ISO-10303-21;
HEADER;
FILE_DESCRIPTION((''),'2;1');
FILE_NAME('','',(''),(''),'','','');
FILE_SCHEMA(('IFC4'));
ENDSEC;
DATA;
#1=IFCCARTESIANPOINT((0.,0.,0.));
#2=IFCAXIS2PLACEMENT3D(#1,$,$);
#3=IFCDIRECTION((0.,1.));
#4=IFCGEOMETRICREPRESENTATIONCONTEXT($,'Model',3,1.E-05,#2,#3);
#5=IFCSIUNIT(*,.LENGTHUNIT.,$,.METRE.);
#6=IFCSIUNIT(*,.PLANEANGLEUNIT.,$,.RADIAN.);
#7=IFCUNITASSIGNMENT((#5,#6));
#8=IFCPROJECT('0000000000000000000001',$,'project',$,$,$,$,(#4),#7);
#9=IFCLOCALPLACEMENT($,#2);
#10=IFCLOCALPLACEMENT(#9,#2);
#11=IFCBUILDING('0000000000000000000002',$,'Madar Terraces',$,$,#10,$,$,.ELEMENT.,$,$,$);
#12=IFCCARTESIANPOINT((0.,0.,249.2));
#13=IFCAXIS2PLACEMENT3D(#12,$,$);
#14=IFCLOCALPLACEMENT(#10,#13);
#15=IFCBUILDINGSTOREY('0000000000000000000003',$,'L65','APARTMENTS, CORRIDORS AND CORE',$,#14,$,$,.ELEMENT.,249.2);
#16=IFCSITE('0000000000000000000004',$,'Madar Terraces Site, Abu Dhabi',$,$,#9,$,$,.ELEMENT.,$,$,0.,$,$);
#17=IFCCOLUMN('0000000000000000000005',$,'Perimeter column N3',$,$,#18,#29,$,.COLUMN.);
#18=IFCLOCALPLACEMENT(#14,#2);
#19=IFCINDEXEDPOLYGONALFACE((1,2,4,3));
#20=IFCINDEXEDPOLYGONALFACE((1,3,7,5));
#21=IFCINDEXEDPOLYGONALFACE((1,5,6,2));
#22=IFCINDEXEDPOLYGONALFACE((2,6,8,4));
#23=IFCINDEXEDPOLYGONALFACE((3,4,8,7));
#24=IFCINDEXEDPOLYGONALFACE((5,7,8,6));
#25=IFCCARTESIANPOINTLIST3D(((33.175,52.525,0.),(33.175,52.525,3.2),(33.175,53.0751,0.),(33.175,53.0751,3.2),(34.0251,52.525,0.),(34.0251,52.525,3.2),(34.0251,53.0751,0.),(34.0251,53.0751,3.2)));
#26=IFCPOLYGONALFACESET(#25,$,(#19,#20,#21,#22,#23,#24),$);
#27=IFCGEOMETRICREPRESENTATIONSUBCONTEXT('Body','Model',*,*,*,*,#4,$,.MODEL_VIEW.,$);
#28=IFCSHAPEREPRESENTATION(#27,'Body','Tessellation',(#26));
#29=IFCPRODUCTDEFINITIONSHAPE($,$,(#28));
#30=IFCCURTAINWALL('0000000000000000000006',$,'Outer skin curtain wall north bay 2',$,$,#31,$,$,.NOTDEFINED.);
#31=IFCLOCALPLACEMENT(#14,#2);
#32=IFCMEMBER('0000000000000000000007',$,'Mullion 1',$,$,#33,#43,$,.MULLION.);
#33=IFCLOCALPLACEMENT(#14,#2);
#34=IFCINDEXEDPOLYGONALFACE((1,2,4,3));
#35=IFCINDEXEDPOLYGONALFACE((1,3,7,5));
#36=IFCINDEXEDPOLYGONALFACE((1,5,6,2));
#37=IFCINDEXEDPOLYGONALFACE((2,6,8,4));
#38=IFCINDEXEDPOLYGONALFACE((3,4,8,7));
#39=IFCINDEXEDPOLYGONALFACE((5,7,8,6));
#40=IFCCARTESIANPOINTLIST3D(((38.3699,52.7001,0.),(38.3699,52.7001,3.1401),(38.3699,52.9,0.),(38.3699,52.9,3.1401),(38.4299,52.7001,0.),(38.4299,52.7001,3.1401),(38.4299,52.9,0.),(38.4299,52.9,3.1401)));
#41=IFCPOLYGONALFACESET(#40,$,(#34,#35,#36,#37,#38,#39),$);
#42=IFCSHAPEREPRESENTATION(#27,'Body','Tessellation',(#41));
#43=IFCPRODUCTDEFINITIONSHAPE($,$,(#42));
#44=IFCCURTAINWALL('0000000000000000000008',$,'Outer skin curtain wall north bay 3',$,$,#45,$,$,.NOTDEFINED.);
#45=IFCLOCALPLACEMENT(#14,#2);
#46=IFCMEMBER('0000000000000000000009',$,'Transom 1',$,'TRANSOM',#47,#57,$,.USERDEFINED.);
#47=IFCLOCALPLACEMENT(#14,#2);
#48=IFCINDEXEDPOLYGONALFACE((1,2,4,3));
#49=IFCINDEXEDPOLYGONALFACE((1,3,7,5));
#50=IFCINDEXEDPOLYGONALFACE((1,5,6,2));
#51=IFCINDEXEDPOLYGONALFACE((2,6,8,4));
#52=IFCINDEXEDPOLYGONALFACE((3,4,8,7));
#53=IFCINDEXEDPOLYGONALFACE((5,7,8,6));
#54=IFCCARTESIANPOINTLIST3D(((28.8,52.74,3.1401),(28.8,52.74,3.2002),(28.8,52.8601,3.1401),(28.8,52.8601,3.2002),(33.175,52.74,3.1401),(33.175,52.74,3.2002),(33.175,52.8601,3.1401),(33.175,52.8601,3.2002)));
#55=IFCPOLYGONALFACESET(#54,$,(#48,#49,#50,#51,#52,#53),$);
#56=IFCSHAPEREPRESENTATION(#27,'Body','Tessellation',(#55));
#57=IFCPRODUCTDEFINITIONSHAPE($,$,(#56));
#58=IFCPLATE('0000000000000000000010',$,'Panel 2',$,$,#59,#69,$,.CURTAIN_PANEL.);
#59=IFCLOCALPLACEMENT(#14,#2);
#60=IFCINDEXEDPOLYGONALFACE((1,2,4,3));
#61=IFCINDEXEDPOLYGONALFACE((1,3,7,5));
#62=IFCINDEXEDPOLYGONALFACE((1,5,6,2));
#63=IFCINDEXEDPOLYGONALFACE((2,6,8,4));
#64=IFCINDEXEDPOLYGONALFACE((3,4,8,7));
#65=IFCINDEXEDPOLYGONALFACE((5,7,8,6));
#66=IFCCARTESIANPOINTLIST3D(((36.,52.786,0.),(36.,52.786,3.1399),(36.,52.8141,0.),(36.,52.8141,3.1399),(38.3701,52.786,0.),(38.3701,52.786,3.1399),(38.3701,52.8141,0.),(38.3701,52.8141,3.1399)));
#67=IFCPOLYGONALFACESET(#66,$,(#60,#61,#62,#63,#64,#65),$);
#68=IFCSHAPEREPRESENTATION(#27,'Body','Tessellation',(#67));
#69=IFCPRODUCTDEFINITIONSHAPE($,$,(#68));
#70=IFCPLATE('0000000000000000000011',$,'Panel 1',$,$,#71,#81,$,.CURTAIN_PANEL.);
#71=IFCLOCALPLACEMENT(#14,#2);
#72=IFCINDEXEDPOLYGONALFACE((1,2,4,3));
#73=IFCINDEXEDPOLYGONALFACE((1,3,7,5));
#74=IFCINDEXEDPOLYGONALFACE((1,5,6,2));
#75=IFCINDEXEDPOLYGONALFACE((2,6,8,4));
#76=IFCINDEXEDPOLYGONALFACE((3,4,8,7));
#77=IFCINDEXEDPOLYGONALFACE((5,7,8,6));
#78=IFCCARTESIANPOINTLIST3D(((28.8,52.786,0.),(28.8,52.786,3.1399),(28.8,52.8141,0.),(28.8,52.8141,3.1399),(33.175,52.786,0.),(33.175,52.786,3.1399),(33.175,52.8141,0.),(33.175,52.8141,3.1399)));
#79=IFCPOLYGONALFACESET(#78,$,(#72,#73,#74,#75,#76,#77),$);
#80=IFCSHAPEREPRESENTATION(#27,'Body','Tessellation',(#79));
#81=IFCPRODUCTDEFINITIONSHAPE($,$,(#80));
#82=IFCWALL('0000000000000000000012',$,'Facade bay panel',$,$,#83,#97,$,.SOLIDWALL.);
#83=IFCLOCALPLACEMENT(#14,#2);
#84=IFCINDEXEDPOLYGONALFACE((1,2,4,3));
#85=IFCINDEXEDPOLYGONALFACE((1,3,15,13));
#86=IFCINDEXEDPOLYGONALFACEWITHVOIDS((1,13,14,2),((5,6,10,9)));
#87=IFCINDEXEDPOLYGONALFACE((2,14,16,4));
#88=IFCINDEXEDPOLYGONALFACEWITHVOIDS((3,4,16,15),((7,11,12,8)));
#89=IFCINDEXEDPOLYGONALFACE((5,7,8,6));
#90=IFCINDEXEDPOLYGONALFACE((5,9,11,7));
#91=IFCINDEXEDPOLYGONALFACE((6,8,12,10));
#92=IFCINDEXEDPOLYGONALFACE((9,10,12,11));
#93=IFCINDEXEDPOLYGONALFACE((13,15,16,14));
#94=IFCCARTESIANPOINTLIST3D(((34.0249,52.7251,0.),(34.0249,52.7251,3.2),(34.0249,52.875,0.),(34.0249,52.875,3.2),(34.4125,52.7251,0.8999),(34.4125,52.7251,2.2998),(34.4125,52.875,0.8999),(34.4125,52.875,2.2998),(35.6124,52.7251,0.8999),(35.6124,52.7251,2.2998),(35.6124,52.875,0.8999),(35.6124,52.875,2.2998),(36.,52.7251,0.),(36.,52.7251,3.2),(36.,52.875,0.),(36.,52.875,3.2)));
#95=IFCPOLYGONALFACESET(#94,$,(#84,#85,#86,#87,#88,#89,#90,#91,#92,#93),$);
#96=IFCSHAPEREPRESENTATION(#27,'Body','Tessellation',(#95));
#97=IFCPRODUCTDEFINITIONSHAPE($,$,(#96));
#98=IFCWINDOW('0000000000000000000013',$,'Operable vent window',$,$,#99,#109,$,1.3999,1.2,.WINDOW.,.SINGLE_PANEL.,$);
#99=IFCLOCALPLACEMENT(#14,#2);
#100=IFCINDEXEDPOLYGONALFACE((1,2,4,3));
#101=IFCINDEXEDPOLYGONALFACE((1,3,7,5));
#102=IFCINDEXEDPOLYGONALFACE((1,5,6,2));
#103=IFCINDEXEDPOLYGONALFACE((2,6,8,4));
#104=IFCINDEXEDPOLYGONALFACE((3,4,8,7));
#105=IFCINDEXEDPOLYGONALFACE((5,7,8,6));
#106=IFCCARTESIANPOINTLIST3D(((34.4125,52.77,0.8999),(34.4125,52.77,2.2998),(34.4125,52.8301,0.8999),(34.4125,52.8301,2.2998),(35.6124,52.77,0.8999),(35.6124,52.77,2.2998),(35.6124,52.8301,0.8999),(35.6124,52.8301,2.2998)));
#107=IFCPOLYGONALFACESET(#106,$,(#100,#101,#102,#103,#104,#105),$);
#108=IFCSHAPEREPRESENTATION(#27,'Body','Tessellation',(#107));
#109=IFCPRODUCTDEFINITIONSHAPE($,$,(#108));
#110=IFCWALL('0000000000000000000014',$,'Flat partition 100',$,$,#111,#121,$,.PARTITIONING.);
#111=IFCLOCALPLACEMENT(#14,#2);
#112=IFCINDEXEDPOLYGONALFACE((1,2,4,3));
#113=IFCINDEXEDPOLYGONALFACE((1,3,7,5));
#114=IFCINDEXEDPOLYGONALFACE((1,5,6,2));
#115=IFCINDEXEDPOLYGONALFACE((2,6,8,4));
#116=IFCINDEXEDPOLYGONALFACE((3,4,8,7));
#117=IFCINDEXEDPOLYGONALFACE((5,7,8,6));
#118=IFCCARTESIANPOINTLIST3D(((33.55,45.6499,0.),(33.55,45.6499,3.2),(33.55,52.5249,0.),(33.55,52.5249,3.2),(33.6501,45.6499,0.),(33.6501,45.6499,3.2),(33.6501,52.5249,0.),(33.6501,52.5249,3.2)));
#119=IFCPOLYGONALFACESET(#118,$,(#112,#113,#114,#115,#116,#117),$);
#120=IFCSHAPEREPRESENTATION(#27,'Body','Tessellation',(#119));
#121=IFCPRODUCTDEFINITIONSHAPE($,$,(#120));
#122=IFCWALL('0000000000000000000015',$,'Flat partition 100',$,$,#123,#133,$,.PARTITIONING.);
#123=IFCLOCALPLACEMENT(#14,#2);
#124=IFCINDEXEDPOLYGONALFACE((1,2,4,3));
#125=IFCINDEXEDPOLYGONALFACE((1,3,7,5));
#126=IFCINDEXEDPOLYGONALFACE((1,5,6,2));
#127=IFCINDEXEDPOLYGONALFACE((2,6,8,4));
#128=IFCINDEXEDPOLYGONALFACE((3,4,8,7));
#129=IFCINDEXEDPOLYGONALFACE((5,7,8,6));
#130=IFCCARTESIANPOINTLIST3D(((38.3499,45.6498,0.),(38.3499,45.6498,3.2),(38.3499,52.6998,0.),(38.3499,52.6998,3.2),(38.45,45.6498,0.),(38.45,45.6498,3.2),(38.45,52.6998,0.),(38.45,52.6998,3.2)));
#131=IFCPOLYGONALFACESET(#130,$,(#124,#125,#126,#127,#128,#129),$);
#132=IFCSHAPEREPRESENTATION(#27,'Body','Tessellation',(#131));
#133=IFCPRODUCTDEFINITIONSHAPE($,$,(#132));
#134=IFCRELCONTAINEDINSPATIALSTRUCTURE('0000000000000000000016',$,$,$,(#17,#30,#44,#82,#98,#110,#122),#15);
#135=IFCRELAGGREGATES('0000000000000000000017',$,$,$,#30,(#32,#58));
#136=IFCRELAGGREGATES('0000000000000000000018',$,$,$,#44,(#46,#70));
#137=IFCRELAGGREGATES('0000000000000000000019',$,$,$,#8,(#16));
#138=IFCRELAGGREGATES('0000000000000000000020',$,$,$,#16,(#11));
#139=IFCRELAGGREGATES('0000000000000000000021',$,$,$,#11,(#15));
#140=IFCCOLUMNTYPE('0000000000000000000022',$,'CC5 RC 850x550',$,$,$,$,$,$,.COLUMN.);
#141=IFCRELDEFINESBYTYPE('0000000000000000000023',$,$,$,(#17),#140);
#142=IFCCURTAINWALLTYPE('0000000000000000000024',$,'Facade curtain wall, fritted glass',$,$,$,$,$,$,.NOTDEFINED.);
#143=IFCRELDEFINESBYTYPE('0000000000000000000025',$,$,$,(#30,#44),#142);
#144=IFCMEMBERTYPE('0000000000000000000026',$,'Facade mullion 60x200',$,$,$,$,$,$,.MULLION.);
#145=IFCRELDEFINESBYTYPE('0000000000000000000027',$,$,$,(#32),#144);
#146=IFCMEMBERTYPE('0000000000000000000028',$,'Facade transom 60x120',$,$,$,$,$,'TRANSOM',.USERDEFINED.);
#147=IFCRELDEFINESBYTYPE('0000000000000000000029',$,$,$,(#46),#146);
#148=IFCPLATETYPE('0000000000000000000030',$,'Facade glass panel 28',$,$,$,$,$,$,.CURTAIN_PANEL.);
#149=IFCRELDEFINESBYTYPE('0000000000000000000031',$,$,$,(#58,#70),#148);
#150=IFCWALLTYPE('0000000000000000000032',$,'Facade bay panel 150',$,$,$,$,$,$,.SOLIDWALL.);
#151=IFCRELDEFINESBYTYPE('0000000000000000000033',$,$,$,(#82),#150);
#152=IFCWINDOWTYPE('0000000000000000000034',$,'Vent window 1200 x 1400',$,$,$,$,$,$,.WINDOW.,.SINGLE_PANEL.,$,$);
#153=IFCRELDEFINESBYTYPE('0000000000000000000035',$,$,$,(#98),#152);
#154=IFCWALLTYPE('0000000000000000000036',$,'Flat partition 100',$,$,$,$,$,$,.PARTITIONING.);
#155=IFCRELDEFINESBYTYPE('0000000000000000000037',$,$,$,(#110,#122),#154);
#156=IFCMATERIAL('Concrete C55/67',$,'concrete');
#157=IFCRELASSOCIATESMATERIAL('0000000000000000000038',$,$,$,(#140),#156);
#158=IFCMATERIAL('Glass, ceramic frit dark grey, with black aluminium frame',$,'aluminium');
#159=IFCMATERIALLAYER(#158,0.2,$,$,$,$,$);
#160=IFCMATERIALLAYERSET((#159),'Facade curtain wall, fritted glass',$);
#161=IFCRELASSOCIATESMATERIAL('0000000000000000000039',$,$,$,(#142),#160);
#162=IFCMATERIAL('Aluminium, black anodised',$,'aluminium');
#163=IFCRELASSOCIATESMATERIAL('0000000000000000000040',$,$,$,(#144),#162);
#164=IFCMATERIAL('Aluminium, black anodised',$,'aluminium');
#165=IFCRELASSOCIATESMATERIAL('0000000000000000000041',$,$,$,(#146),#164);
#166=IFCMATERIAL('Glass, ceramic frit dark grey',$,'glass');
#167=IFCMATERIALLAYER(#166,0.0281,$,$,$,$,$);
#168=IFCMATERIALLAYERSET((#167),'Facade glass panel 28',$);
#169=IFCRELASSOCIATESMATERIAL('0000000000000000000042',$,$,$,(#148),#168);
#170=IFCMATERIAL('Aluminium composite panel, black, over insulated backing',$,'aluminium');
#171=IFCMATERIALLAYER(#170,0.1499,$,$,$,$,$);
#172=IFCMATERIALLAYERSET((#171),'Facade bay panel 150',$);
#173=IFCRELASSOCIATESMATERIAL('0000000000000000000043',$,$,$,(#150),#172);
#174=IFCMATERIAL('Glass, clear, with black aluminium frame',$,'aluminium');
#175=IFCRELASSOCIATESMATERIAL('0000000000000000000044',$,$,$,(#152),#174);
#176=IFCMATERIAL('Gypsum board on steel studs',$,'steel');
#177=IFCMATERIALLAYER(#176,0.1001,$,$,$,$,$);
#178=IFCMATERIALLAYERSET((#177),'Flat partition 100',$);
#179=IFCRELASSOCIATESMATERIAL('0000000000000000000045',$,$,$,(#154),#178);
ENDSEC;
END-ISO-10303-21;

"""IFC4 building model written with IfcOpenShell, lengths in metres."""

from ifc_helpers import new_model, si_unit, direction, frame, frame_2d, origin, origin_2d, place, context, subcontext, project, spatial, rectangle, extrude, material, layer, layer_set, material_profile, profile_set, type_object, element, fill, aggregate, save


model = new_model("IFC4")

# Units and contexts
model_context = context("Model", 3, precision=1e-05, world=origin(), true_north=direction((0.0, 1.0)))
body_context = subcontext(model_context, "Body", "Model", "MODEL_VIEW")
ifc_project = project(units=[si_unit("LENGTHUNIT", "METRE"), si_unit("PLANEANGLEUNIT", "RADIAN")], contexts=[model_context])

# Site, building, storey
site_placement = place(None, origin())
site = spatial("IfcSite", under=ifc_project, at=site_placement, Name="Madar Terraces Site, Abu Dhabi", CompositionType="ELEMENT", RefElevation=0.0)
building_placement = place(site_placement, origin())
building = spatial("IfcBuilding", under=site, at=building_placement, Name="Madar Terraces", CompositionType="ELEMENT")
storey_placement = place(building_placement, frame((0.0, 0.0, 249.2)))
storey = spatial("IfcBuildingStorey", under=building, at=storey_placement, Name="L65", Description="APARTMENTS, CORRIDORS AND CORE", CompositionType="ELEMENT", Elevation=249.2)

# Column
ifc_material_1 = material(Name="Concrete C55/67", Category="concrete")
ifc_material_profile_1 = material_profile(ifc_material_1, rectangle(XDim=0.8501, YDim=0.55, at=origin_2d()), Name="CC5 RC 850x550")
ifc_profile_set_1 = profile_set([ifc_material_profile_1], Name="Concrete C55/67")
column_type = type_object("IfcColumnType", Name="CC5 RC 850x550", PredefinedType="COLUMN", material=ifc_profile_set_1)
column_placement = place(storey_placement, frame((33.6001, 52.8, 0.0), z_axis=(0.0, 0.0, 1.0), x_axis=(1.0, 0.0, 0.0)))
element("IfcColumn", 1, at=column_placement, inside=storey, type_object=column_type, Name="Perimeter column N3", PredefinedType="COLUMN", context=body_context, shape_type="SweptSolid", body=[
    extrude(rectangle(XDim=0.8501, YDim=0.55, at=origin_2d()), origin(), (0.0, 0.0, 1.0), 3.2),
])

# Curtain walls, members
ifc_material_2 = material(Name="Glass, ceramic frit dark grey, with black aluminium frame", Category="aluminium")
ifc_layer_1 = layer(ifc_material_2, 0.2)
ifc_layer_set_1 = layer_set([ifc_layer_1], Name="Facade curtain wall, fritted glass")
curtain_wall_type = type_object("IfcCurtainWallType", Name="Facade curtain wall, fritted glass", PredefinedType="NOTDEFINED", material=ifc_layer_set_1)
curtain_wall_1_placement = place(storey_placement, origin())
curtain_wall_1 = element("IfcCurtainWall", 2, at=curtain_wall_1_placement, inside=storey, type_object=curtain_wall_type, Name="Outer skin curtain wall north bay 2", PredefinedType="NOTDEFINED")
ifc_material_3 = material(Name="Aluminium, black anodised", Category="aluminium")
ifc_material_profile_2 = material_profile(ifc_material_3, rectangle(XDim=0.2, YDim=0.0601, at=origin_2d()), Name="Facade mullion 60x200")
ifc_profile_set_2 = profile_set([ifc_material_profile_2], Name="Aluminium, black anodised")
member_type_1 = type_object("IfcMemberType", Name="Facade mullion 60x200", PredefinedType="MULLION", material=ifc_profile_set_2)
member_1_placement = place(storey_placement, frame((38.3999, 52.8, 0.0), z_axis=(0.0, 0.0, 1.0), x_axis=(0.0, -1.0, 0.0)))
member_1 = element("IfcMember", 3, at=member_1_placement, type_object=member_type_1, Name="Mullion 1", PredefinedType="MULLION", context=body_context, shape_type="SweptSolid", body=[
    extrude(rectangle(XDim=0.2, YDim=0.0601, at=origin_2d()), origin(), (0.0, 0.0, 1.0), 3.1401),
])
curtain_wall_2_placement = place(storey_placement, origin())
curtain_wall_2 = element("IfcCurtainWall", 4, at=curtain_wall_2_placement, inside=storey, type_object=curtain_wall_type, Name="Outer skin curtain wall north bay 3", PredefinedType="NOTDEFINED")
ifc_material_4 = material(Name="Aluminium, black anodised", Category="aluminium")
ifc_material_profile_3 = material_profile(ifc_material_4, rectangle(XDim=0.1201, YDim=0.0601, at=origin_2d()), Name="Facade transom 60x120")
ifc_profile_set_3 = profile_set([ifc_material_profile_3], Name="Aluminium, black anodised")
member_type_2 = type_object("IfcMemberType", Name="Facade transom 60x120", ElementType="TRANSOM", PredefinedType="USERDEFINED", material=ifc_profile_set_3)
member_2_placement = place(storey_placement, frame((33.175, 52.8, 3.1702), z_axis=(-1.0, 0.0, 0.0), x_axis=(0.0, -1.0, 0.0)))
member_2 = element("IfcMember", 5, at=member_2_placement, type_object=member_type_2, Name="Transom 1", ObjectType="TRANSOM", PredefinedType="USERDEFINED", context=body_context, shape_type="SweptSolid", body=[
    extrude(rectangle(XDim=0.1201, YDim=0.0601, at=origin_2d()), origin(), (0.0, 0.0, 1.0), 4.375),
])

# Plates
ifc_material_5 = material(Name="Glass, ceramic frit dark grey", Category="glass")
ifc_layer_2 = layer(ifc_material_5, 0.0281)
ifc_layer_set_2 = layer_set([ifc_layer_2], Name="Facade glass panel 28")
plate_type = type_object("IfcPlateType", Name="Facade glass panel 28", PredefinedType="CURTAIN_PANEL", material=ifc_layer_set_2)
plate_1_placement = place(storey_placement, frame((37.1851, 52.8, 0.0), z_axis=(0.0, 0.0, 1.0), x_axis=(-1.0, 0.0, 0.0)))
plate_1 = element("IfcPlate", 6, at=plate_1_placement, type_object=plate_type, Name="Panel 2", PredefinedType="CURTAIN_PANEL", context=body_context, shape_type="SweptSolid", body=[
    extrude(rectangle(XDim=2.3701, YDim=0.0281, at=origin_2d()), origin(), (0.0, 0.0, 1.0), 3.1399),
])
aggregate(curtain_wall_1, [member_1, plate_1])
plate_2_placement = place(storey_placement, frame((30.9875, 52.8, 0.0), z_axis=(0.0, 0.0, 1.0), x_axis=(-1.0, 0.0, 0.0)))
plate_2 = element("IfcPlate", 7, at=plate_2_placement, type_object=plate_type, Name="Panel 1", PredefinedType="CURTAIN_PANEL", context=body_context, shape_type="SweptSolid", body=[
    extrude(rectangle(XDim=4.375, YDim=0.0281, at=origin_2d()), origin(), (0.0, 0.0, 1.0), 3.1399),
])
aggregate(curtain_wall_2, [member_2, plate_2])

# Wall, opening, window
ifc_material_6 = material(Name="Aluminium composite panel, black, over insulated backing", Category="aluminium")
ifc_layer_3 = layer(ifc_material_6, 0.1499)
ifc_layer_set_3 = layer_set([ifc_layer_3], Name="Facade bay panel 150")
wall_type_1 = type_object("IfcWallType", Name="Facade bay panel 150", PredefinedType="SOLIDWALL", material=ifc_layer_set_3)
wall_1_placement = place(storey_placement, frame((36.0, 52.8, 0.0), z_axis=(0.0, 0.0, 1.0), x_axis=(-1.0, 0.0, 0.0)))
wall_1 = element("IfcWall", 8, at=wall_1_placement, inside=storey, type_object=wall_type_1, Name="Facade bay panel", PredefinedType="SOLIDWALL", context=body_context, shape_type="SweptSolid", body=[
    extrude(rectangle(XDim=1.9751, YDim=0.1499, at=frame_2d((0.9875, 0.0))), origin(), (0.0, 0.0, 1.0), 3.2),
])
opening_1_placement = place(wall_1_placement, frame((0.3875, 0.0, 0.8999)))
opening_1 = element("IfcOpeningElement", 9, at=opening_1_placement, cuts=wall_1, PredefinedType="OPENING", context=body_context, shape_type="SweptSolid", body=[
    extrude(rectangle(XDim=1.2, YDim=1.3999, at=frame_2d((0.6001, 0.7))), frame((0.0, 0.085, 0.0), z_axis=(0.0, -1.0, 0.0), x_axis=(1.0, 0.0, 0.0)), (0.0, 0.0, 1.0), 0.1699),
])
ifc_material_7 = material(Name="Glass, clear, with black aluminium frame", Category="aluminium")
window_type = type_object("IfcWindowType", Name="Vent window 1200 x 1400", PartitioningType="SINGLE_PANEL", PredefinedType="WINDOW", material=ifc_material_7)
window_placement = place(opening_1_placement, origin())
window = element("IfcWindow", 10, at=window_placement, inside=storey, type_object=window_type, Name="Operable vent window", OverallHeight=1.3999, OverallWidth=1.2, PartitioningType="SINGLE_PANEL", PredefinedType="WINDOW", context=body_context, shape_type="SweptSolid", body=[
    extrude(rectangle(XDim=1.2, YDim=1.3999, at=frame_2d((0.6001, 0.7))), frame((0.0, 0.03, 0.0), z_axis=(0.0, -1.0, 0.0), x_axis=(1.0, 0.0, 0.0)), (0.0, 0.0, 1.0), 0.0601),
])
fill(opening_1, window)

# Walls
ifc_material_8 = material(Name="Gypsum board on steel studs", Category="steel")
ifc_layer_4 = layer(ifc_material_8, 0.1001)
ifc_layer_set_4 = layer_set([ifc_layer_4], Name="Flat partition 100")
wall_type_2 = type_object("IfcWallType", Name="Flat partition 100", PredefinedType="PARTITIONING", material=ifc_layer_set_4)
wall_2_placement = place(storey_placement, frame((33.6001, 45.6499, 0.0), z_axis=(0.0, 0.0, 1.0), x_axis=(0.0, 1.0, 0.0)))
element("IfcWall", 11, at=wall_2_placement, inside=storey, type_object=wall_type_2, Name="Flat partition 100", PredefinedType="PARTITIONING", context=body_context, shape_type="SweptSolid", body=[
    extrude(rectangle(XDim=6.875, YDim=0.1001, at=frame_2d((3.4375, 0.0))), origin(), (0.0, 0.0, 1.0), 3.2),
])
wall_3_placement = place(storey_placement, frame((38.3999, 45.6499, 0.0), z_axis=(0.0, 0.0, 1.0), x_axis=(0.0, 1.0, 0.0)))
element("IfcWall", 12, at=wall_3_placement, inside=storey, type_object=wall_type_2, Name="Flat partition 100", PredefinedType="PARTITIONING", context=body_context, shape_type="SweptSolid", body=[
    extrude(rectangle(XDim=7.05, YDim=0.1001, at=frame_2d((3.5249, 0.0))), origin(), (0.0, 0.0, 1.0), 3.2),
])

save(model, "model.ifc")
